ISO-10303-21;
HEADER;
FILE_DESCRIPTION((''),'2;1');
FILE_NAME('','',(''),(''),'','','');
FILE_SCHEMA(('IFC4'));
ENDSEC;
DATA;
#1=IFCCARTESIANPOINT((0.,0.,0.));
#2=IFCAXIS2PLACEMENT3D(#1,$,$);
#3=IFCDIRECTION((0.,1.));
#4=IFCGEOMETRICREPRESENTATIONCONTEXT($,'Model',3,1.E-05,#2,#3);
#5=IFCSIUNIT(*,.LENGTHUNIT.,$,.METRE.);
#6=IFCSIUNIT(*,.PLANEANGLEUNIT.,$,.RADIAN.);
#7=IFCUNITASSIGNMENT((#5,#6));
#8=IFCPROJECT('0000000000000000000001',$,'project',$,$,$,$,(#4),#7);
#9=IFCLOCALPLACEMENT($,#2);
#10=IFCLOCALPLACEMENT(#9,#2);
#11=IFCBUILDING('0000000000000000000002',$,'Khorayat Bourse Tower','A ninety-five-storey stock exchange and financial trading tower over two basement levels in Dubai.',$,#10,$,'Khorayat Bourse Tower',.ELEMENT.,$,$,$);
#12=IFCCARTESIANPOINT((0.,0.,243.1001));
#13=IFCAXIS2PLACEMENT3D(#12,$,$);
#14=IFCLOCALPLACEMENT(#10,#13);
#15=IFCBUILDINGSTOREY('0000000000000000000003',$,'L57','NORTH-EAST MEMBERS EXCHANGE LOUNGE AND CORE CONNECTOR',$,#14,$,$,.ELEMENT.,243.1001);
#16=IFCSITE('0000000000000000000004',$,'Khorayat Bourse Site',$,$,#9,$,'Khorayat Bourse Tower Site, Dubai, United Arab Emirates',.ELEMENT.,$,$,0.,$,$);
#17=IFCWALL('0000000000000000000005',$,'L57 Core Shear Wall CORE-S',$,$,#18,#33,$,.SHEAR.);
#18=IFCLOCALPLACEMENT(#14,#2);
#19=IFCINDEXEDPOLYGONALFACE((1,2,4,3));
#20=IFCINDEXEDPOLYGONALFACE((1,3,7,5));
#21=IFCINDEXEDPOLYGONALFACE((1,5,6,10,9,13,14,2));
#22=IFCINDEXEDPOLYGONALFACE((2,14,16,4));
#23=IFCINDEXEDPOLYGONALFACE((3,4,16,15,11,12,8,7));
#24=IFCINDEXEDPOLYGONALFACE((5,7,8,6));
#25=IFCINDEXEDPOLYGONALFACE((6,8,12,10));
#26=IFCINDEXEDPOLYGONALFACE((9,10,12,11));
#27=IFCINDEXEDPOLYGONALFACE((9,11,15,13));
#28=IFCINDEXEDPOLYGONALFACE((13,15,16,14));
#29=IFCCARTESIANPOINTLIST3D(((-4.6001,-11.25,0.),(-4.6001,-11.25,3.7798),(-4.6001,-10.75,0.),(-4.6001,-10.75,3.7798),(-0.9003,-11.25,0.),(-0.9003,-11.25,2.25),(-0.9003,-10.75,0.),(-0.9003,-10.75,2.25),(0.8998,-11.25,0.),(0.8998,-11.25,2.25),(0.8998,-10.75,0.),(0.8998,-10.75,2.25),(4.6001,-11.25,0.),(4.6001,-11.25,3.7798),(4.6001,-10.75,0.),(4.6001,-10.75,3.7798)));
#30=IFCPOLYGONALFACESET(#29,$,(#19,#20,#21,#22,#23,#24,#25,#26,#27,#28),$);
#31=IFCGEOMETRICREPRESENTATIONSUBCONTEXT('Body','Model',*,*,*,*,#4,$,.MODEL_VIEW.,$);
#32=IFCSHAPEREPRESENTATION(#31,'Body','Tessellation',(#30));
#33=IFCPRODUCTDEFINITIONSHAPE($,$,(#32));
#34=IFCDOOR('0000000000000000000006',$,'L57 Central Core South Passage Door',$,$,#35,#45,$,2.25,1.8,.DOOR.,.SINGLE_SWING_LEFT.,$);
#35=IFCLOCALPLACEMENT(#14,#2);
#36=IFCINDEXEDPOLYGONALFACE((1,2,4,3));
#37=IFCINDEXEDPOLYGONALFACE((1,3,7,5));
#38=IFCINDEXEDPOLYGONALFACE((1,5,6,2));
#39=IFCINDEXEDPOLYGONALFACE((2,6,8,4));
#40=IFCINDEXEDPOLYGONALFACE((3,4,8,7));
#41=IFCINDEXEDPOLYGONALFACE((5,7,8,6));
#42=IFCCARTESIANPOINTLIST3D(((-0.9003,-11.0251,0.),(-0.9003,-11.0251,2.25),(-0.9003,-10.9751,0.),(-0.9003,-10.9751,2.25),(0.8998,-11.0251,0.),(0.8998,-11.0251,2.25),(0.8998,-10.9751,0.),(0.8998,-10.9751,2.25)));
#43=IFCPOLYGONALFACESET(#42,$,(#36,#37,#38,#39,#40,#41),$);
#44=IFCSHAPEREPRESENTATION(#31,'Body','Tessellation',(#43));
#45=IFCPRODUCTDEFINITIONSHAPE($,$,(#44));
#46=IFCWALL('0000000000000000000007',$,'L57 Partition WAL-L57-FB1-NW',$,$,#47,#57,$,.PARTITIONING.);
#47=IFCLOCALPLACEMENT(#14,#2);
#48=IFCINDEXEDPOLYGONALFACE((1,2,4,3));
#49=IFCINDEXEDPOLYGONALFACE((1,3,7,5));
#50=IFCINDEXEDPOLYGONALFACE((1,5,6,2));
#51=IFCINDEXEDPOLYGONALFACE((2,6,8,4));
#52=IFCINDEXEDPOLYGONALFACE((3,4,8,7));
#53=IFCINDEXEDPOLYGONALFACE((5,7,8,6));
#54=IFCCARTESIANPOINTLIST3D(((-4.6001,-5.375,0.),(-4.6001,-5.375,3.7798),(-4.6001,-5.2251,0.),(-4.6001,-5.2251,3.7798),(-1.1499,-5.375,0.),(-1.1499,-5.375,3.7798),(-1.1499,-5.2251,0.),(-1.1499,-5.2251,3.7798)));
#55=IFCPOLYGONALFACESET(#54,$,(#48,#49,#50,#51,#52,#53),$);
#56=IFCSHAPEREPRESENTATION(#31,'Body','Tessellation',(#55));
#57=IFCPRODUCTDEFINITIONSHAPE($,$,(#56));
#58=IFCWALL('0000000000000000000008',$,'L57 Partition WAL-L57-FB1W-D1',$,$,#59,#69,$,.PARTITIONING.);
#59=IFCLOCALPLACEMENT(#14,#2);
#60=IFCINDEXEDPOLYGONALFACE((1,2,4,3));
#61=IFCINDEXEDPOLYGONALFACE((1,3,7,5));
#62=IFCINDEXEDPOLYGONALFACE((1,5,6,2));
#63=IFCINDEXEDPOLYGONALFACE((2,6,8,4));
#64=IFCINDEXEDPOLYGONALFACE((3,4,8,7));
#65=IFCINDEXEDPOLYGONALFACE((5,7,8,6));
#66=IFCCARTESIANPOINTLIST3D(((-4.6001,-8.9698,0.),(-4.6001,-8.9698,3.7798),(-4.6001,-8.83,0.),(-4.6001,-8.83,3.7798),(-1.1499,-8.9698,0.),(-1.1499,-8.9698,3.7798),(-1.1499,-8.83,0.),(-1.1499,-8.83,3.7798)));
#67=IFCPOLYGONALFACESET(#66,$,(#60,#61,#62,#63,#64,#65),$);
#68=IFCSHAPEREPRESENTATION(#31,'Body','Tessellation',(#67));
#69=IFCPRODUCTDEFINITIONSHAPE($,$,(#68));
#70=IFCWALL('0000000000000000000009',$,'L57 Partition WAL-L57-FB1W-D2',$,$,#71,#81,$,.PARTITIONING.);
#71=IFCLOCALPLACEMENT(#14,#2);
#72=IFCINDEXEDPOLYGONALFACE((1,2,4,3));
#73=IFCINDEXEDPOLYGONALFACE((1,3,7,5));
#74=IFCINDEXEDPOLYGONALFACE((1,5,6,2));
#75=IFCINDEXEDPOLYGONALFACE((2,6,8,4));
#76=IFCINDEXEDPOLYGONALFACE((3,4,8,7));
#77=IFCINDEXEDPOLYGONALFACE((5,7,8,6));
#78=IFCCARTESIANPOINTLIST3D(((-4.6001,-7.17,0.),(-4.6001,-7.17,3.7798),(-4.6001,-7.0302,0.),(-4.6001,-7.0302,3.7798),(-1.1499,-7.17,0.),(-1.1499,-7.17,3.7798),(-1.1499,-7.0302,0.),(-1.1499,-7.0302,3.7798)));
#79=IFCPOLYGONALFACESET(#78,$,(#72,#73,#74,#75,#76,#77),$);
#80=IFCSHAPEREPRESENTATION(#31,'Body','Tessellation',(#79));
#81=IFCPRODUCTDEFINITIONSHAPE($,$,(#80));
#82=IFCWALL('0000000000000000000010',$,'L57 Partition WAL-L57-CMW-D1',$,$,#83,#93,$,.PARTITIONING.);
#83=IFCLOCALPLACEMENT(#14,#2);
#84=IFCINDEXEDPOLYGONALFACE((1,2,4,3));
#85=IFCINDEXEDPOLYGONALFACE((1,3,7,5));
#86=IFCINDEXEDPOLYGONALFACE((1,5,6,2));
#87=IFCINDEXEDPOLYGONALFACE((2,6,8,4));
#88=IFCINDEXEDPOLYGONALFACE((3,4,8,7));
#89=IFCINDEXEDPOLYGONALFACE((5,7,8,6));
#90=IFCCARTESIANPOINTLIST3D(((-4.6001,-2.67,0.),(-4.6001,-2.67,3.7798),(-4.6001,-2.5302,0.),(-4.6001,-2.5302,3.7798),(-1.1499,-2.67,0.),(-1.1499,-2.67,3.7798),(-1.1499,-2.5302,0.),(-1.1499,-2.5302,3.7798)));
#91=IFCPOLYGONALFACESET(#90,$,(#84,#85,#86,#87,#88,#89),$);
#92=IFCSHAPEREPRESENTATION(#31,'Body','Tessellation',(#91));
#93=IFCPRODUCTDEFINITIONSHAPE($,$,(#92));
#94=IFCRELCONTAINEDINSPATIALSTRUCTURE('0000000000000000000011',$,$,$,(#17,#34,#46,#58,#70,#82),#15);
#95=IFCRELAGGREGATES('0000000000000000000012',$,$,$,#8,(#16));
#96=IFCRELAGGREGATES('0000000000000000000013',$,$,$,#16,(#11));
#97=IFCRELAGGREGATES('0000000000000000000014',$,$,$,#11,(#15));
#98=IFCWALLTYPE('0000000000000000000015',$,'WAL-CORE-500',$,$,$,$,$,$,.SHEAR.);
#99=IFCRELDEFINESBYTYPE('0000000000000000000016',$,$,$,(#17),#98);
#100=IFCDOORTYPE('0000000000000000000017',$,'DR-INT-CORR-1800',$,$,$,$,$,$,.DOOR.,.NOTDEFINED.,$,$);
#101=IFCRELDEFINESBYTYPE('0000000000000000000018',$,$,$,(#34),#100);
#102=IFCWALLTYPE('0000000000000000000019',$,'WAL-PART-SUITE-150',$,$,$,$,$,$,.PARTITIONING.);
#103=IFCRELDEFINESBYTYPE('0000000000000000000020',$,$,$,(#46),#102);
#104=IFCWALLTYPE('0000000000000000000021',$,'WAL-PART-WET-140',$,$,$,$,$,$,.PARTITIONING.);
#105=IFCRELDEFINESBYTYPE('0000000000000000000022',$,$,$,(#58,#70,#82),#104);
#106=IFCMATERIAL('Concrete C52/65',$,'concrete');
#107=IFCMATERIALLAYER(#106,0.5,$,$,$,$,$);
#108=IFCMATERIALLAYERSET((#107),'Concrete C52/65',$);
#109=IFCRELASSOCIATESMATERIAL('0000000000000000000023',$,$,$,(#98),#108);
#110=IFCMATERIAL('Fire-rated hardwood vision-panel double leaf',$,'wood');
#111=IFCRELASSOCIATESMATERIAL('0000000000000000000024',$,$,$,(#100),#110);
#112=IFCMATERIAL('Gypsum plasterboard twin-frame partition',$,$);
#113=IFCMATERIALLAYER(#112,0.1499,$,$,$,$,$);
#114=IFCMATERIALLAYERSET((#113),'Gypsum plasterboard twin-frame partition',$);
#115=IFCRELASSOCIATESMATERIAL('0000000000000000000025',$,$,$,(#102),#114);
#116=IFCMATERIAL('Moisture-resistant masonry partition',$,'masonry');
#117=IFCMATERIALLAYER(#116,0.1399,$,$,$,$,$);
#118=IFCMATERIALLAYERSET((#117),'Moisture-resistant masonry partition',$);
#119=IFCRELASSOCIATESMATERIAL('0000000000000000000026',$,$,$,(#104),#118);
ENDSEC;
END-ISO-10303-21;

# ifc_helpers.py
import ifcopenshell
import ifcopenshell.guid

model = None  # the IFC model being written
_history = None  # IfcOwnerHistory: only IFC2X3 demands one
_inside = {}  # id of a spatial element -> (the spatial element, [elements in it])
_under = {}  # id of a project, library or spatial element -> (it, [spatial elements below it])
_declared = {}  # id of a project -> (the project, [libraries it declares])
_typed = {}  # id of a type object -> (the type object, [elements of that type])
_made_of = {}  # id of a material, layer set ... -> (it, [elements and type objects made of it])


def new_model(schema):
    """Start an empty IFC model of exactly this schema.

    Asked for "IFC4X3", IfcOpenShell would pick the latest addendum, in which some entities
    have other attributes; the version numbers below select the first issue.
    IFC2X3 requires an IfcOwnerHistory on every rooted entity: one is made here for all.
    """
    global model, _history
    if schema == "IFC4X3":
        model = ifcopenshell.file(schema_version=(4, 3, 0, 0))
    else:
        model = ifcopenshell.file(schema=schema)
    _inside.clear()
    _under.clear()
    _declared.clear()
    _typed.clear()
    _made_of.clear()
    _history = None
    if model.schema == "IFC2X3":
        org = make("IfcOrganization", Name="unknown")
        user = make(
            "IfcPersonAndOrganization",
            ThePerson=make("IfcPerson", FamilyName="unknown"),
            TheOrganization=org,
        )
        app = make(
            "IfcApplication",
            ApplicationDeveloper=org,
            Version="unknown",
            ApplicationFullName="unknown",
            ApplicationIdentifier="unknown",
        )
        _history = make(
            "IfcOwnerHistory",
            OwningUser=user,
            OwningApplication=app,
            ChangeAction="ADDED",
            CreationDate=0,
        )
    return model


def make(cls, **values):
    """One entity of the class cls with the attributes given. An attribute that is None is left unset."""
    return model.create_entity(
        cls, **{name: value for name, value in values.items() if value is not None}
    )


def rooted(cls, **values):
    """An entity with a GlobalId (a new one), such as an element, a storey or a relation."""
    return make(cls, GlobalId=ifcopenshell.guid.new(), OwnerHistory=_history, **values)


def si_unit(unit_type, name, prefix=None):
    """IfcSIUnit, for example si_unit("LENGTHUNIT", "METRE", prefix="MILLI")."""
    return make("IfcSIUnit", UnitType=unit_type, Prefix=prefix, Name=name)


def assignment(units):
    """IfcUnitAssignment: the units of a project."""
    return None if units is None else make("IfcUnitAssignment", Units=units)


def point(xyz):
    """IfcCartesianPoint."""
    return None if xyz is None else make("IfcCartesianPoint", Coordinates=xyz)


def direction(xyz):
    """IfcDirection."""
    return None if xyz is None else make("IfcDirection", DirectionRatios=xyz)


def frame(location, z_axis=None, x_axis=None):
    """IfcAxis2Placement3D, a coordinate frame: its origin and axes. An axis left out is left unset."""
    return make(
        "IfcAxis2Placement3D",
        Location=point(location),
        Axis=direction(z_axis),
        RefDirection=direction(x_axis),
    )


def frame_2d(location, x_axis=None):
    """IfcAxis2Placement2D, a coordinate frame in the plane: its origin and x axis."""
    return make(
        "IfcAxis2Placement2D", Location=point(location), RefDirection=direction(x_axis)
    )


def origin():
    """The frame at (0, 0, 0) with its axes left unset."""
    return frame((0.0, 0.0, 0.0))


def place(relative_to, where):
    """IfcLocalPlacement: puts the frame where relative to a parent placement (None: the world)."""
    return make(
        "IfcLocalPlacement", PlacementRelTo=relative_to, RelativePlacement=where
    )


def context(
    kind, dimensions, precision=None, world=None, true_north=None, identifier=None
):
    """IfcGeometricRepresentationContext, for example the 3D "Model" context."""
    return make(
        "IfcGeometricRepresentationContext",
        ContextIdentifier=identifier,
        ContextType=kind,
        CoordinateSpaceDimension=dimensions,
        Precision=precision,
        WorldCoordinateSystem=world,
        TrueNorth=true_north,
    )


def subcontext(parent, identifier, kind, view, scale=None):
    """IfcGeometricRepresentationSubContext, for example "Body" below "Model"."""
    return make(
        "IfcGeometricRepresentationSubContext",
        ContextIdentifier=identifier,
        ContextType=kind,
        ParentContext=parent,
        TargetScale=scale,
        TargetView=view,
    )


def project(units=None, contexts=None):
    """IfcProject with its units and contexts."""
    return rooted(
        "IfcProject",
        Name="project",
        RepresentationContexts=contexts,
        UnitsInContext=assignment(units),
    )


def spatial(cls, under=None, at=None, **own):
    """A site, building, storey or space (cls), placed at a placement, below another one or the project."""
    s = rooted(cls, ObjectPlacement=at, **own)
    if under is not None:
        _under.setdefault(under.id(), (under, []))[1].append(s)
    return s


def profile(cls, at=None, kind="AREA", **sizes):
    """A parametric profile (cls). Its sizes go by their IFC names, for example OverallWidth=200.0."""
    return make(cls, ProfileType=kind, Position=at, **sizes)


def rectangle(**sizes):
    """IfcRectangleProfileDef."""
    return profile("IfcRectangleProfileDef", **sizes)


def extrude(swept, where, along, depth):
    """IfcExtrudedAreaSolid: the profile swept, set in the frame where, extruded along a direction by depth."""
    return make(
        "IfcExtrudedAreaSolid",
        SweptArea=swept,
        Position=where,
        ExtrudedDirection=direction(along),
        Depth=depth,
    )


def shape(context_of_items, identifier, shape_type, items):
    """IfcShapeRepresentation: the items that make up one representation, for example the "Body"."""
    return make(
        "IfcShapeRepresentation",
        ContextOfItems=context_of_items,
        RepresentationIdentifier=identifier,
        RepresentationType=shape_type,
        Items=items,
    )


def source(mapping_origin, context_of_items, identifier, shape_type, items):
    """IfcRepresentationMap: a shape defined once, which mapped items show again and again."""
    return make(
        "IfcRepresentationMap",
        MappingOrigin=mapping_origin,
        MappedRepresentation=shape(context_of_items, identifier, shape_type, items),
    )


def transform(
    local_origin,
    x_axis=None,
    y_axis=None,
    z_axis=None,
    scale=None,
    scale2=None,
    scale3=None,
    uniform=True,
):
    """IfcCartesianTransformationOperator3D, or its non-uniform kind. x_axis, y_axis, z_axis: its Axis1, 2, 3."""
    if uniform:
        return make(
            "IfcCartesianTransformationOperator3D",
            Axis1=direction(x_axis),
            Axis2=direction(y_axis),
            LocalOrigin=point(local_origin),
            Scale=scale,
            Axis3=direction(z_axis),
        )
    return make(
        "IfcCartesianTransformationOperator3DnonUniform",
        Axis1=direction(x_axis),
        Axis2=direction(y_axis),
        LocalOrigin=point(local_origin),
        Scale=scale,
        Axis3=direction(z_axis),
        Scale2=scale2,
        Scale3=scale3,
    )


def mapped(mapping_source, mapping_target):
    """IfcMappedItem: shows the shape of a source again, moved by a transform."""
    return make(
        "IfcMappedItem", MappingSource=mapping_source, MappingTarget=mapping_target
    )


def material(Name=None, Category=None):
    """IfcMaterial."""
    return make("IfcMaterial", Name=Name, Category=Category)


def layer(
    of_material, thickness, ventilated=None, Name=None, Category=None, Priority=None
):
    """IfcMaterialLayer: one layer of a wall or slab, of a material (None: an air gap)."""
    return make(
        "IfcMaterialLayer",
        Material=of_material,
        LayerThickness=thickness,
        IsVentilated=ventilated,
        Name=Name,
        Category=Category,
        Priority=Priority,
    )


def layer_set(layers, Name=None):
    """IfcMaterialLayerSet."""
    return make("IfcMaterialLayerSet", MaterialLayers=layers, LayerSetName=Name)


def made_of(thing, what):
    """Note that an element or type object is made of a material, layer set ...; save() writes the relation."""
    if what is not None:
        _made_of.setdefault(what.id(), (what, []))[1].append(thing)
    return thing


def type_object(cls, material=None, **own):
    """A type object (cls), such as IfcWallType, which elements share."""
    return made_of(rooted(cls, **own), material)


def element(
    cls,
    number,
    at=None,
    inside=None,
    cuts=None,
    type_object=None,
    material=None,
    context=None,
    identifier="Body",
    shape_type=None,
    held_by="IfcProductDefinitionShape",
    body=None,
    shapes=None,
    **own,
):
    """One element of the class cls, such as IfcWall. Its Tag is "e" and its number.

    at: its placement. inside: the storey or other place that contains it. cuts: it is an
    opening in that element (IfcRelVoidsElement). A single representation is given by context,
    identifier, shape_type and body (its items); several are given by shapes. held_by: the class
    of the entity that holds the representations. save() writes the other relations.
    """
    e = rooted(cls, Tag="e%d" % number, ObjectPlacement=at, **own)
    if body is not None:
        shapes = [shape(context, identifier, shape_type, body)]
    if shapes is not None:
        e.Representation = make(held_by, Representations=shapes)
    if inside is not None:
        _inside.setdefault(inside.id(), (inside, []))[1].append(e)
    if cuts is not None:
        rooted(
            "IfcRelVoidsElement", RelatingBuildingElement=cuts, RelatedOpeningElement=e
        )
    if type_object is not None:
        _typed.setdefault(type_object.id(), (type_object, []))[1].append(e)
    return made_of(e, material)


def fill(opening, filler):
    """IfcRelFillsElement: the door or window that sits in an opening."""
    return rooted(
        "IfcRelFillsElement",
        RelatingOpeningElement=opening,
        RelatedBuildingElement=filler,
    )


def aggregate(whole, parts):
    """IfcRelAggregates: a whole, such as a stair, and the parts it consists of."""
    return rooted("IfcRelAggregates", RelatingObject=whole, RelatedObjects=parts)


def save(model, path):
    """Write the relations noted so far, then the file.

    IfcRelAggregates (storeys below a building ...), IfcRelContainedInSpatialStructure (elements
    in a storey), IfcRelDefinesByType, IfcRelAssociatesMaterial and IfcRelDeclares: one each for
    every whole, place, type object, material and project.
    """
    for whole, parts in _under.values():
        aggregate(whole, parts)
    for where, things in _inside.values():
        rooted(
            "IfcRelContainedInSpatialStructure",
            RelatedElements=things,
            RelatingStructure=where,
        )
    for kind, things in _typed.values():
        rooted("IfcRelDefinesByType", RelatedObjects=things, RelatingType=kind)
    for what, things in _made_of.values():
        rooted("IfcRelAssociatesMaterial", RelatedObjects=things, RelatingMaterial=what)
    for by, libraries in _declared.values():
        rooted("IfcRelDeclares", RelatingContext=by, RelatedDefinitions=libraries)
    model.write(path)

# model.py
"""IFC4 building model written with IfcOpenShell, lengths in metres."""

from ifc_helpers import new_model, si_unit, direction, frame, frame_2d, origin, place, context, subcontext, project, spatial, rectangle, extrude, source, transform, mapped, material, layer, layer_set, type_object, element, fill, save


model = new_model("IFC4")

# Units and contexts
model_context = context("Model", 3, precision=1e-05, world=origin(), true_north=direction((0.0, 1.0)))
body_context = subcontext(model_context, "Body", "Model", "MODEL_VIEW")
ifc_project = project(units=[si_unit("LENGTHUNIT", "METRE"), si_unit("PLANEANGLEUNIT", "RADIAN")], contexts=[model_context])

# Site, building, storey
site_placement = place(None, origin())
site = spatial("IfcSite", under=ifc_project, at=site_placement, Name="Khorayat Bourse Site", LongName="Khorayat Bourse Tower Site, Dubai, United Arab Emirates", CompositionType="ELEMENT", RefElevation=0.0)
building_placement = place(site_placement, origin())
building = spatial("IfcBuilding", under=site, at=building_placement, Name="Khorayat Bourse Tower", Description="A ninety-five-storey stock exchange and financial trading tower over two basement levels in Dubai.", LongName="Khorayat Bourse Tower", CompositionType="ELEMENT")
storey_placement = place(building_placement, frame((0.0, 0.0, 243.1001)))
storey = spatial("IfcBuildingStorey", under=building, at=storey_placement, Name="L57", Description="NORTH-EAST MEMBERS EXCHANGE LOUNGE AND CORE CONNECTOR", CompositionType="ELEMENT", Elevation=243.1001)

# Shared definitions
ifc_material_1 = material(Name="Concrete C52/65", Category="concrete")
ifc_layer_1 = layer(ifc_material_1, 0.5)
ifc_layer_set_1 = layer_set([ifc_layer_1], Name="Concrete C52/65")
wall_type_1 = type_object("IfcWallType", Name="WAL-CORE-500", PredefinedType="SHEAR", material=ifc_layer_set_1)

# Wall, opening, door
shared_shape_1 = source(origin(), body_context, "Body", "SweptSolid", [
    extrude(rectangle(XDim=9.2002, YDim=0.5, at=frame_2d((4.6001, 0.0))), origin(), (0.0, 0.0, 1.0), 3.7798),
])
wall_1_placement = place(storey_placement, frame((-4.6001, -11.0, 0.0), z_axis=(0.0, 0.0, 1.0), x_axis=(1.0, 0.0, 0.0)))
wall_1 = element("IfcWall", 1, at=wall_1_placement, inside=storey, type_object=wall_type_1, Name="L57 Core Shear Wall CORE-S", PredefinedType="SHEAR", context=body_context, shape_type="MappedRepresentation", body=[
    mapped(shared_shape_1, transform((0.0, 0.0, 0.0), scale=1.0)),
])
shared_shape_2 = source(origin(), body_context, "Body", "SweptSolid", [
    extrude(rectangle(XDim=1.8, YDim=2.25, at=frame_2d((0.8999, 1.125))), frame((0.0, 0.26, 0.0), z_axis=(0.0, -1.0, 0.0), x_axis=(1.0, 0.0, 0.0)), (0.0, 0.0, 1.0), 0.52),
])
opening_1_placement = place(wall_1_placement, frame((3.7, 0.0, 0.0)))
opening_1 = element("IfcOpeningElement", 2, at=opening_1_placement, cuts=wall_1, PredefinedType="OPENING", context=body_context, shape_type="MappedRepresentation", body=[
    mapped(shared_shape_2, transform((0.0, 0.0, 0.0), scale=1.0)),
])
ifc_material_2 = material(Name="Fire-rated hardwood vision-panel double leaf", Category="wood")
door_type_1 = type_object("IfcDoorType", Name="DR-INT-CORR-1800", OperationType="NOTDEFINED", PredefinedType="DOOR", material=ifc_material_2)
shared_shape_3 = source(origin(), body_context, "Body", "SweptSolid", [
    extrude(rectangle(XDim=1.8, YDim=2.25, at=frame_2d((0.8999, 1.125))), frame((0.0, 0.0249, 0.0), z_axis=(0.0, -1.0, 0.0), x_axis=(1.0, 0.0, 0.0)), (0.0, 0.0, 1.0), 0.05),
])
door_1_placement = place(opening_1_placement, origin())
door_1 = element("IfcDoor", 3, at=door_1_placement, inside=storey, type_object=door_type_1, Name="L57 Central Core South Passage Door", OperationType="SINGLE_SWING_LEFT", OverallHeight=2.25, OverallWidth=1.8, PredefinedType="DOOR", context=body_context, shape_type="MappedRepresentation", body=[
    mapped(shared_shape_3, transform((0.0, 0.0, 0.0), scale=1.0)),
])
fill(opening_1, door_1)

# Walls
ifc_material_3 = material(Name="Gypsum plasterboard twin-frame partition")
ifc_layer_2 = layer(ifc_material_3, 0.1499)
ifc_layer_set_2 = layer_set([ifc_layer_2], Name="Gypsum plasterboard twin-frame partition")
wall_type_2 = type_object("IfcWallType", Name="WAL-PART-SUITE-150", PredefinedType="PARTITIONING", material=ifc_layer_set_2)
shared_shape_4 = source(origin(), body_context, "Body", "SweptSolid", [
    extrude(rectangle(XDim=3.4502, YDim=0.1499, at=frame_2d((1.7251, 0.0))), origin(), (0.0, 0.0, 1.0), 3.7798),
])
wall_2_placement = place(storey_placement, frame((-4.6001, -5.3, 0.0), z_axis=(0.0, 0.0, 1.0), x_axis=(1.0, 0.0, 0.0)))
element("IfcWall", 4, at=wall_2_placement, inside=storey, type_object=wall_type_2, Name="L57 Partition WAL-L57-FB1-NW", PredefinedType="PARTITIONING", context=body_context, shape_type="MappedRepresentation", body=[
    mapped(shared_shape_4, transform((0.0, 0.0, 0.0), scale=1.0)),
])
ifc_material_4 = material(Name="Moisture-resistant masonry partition", Category="masonry")
ifc_layer_3 = layer(ifc_material_4, 0.1399)
ifc_layer_set_3 = layer_set([ifc_layer_3], Name="Moisture-resistant masonry partition")
wall_type_3 = type_object("IfcWallType", Name="WAL-PART-WET-140", PredefinedType="PARTITIONING", material=ifc_layer_set_3)
shared_shape_5 = source(origin(), body_context, "Body", "SweptSolid", [
    extrude(rectangle(XDim=3.4502, YDim=0.1399, at=frame_2d((1.7251, 0.0))), origin(), (0.0, 0.0, 1.0), 3.7798),
])
for number, where, z_axis, x_axis, name in (
    (5, (-4.6001, -8.8999, 0.0), (0.0, 0.0, 1.0), (1.0, 0.0, 0.0), "L57 Partition WAL-L57-FB1W-D1"),
    (6, (-4.6001, -7.1001, 0.0), (0.0, 0.0, 1.0), (1.0, 0.0, 0.0), "L57 Partition WAL-L57-FB1W-D2"),
    (7, (-4.6001, -2.6001, 0.0), (0.0, 0.0, 1.0), (1.0, 0.0, 0.0), "L57 Partition WAL-L57-CMW-D1"),
):
    element("IfcWall", number, at=place(storey_placement, frame(where, z_axis=z_axis, x_axis=x_axis)), inside=storey, type_object=wall_type_3, Name=name, PredefinedType="PARTITIONING", context=body_context, shape_type="MappedRepresentation", body=[
        mapped(shared_shape_5, transform((0.0, 0.0, 0.0), scale=1.0)),
    ])

save(model, "model.ifc")
